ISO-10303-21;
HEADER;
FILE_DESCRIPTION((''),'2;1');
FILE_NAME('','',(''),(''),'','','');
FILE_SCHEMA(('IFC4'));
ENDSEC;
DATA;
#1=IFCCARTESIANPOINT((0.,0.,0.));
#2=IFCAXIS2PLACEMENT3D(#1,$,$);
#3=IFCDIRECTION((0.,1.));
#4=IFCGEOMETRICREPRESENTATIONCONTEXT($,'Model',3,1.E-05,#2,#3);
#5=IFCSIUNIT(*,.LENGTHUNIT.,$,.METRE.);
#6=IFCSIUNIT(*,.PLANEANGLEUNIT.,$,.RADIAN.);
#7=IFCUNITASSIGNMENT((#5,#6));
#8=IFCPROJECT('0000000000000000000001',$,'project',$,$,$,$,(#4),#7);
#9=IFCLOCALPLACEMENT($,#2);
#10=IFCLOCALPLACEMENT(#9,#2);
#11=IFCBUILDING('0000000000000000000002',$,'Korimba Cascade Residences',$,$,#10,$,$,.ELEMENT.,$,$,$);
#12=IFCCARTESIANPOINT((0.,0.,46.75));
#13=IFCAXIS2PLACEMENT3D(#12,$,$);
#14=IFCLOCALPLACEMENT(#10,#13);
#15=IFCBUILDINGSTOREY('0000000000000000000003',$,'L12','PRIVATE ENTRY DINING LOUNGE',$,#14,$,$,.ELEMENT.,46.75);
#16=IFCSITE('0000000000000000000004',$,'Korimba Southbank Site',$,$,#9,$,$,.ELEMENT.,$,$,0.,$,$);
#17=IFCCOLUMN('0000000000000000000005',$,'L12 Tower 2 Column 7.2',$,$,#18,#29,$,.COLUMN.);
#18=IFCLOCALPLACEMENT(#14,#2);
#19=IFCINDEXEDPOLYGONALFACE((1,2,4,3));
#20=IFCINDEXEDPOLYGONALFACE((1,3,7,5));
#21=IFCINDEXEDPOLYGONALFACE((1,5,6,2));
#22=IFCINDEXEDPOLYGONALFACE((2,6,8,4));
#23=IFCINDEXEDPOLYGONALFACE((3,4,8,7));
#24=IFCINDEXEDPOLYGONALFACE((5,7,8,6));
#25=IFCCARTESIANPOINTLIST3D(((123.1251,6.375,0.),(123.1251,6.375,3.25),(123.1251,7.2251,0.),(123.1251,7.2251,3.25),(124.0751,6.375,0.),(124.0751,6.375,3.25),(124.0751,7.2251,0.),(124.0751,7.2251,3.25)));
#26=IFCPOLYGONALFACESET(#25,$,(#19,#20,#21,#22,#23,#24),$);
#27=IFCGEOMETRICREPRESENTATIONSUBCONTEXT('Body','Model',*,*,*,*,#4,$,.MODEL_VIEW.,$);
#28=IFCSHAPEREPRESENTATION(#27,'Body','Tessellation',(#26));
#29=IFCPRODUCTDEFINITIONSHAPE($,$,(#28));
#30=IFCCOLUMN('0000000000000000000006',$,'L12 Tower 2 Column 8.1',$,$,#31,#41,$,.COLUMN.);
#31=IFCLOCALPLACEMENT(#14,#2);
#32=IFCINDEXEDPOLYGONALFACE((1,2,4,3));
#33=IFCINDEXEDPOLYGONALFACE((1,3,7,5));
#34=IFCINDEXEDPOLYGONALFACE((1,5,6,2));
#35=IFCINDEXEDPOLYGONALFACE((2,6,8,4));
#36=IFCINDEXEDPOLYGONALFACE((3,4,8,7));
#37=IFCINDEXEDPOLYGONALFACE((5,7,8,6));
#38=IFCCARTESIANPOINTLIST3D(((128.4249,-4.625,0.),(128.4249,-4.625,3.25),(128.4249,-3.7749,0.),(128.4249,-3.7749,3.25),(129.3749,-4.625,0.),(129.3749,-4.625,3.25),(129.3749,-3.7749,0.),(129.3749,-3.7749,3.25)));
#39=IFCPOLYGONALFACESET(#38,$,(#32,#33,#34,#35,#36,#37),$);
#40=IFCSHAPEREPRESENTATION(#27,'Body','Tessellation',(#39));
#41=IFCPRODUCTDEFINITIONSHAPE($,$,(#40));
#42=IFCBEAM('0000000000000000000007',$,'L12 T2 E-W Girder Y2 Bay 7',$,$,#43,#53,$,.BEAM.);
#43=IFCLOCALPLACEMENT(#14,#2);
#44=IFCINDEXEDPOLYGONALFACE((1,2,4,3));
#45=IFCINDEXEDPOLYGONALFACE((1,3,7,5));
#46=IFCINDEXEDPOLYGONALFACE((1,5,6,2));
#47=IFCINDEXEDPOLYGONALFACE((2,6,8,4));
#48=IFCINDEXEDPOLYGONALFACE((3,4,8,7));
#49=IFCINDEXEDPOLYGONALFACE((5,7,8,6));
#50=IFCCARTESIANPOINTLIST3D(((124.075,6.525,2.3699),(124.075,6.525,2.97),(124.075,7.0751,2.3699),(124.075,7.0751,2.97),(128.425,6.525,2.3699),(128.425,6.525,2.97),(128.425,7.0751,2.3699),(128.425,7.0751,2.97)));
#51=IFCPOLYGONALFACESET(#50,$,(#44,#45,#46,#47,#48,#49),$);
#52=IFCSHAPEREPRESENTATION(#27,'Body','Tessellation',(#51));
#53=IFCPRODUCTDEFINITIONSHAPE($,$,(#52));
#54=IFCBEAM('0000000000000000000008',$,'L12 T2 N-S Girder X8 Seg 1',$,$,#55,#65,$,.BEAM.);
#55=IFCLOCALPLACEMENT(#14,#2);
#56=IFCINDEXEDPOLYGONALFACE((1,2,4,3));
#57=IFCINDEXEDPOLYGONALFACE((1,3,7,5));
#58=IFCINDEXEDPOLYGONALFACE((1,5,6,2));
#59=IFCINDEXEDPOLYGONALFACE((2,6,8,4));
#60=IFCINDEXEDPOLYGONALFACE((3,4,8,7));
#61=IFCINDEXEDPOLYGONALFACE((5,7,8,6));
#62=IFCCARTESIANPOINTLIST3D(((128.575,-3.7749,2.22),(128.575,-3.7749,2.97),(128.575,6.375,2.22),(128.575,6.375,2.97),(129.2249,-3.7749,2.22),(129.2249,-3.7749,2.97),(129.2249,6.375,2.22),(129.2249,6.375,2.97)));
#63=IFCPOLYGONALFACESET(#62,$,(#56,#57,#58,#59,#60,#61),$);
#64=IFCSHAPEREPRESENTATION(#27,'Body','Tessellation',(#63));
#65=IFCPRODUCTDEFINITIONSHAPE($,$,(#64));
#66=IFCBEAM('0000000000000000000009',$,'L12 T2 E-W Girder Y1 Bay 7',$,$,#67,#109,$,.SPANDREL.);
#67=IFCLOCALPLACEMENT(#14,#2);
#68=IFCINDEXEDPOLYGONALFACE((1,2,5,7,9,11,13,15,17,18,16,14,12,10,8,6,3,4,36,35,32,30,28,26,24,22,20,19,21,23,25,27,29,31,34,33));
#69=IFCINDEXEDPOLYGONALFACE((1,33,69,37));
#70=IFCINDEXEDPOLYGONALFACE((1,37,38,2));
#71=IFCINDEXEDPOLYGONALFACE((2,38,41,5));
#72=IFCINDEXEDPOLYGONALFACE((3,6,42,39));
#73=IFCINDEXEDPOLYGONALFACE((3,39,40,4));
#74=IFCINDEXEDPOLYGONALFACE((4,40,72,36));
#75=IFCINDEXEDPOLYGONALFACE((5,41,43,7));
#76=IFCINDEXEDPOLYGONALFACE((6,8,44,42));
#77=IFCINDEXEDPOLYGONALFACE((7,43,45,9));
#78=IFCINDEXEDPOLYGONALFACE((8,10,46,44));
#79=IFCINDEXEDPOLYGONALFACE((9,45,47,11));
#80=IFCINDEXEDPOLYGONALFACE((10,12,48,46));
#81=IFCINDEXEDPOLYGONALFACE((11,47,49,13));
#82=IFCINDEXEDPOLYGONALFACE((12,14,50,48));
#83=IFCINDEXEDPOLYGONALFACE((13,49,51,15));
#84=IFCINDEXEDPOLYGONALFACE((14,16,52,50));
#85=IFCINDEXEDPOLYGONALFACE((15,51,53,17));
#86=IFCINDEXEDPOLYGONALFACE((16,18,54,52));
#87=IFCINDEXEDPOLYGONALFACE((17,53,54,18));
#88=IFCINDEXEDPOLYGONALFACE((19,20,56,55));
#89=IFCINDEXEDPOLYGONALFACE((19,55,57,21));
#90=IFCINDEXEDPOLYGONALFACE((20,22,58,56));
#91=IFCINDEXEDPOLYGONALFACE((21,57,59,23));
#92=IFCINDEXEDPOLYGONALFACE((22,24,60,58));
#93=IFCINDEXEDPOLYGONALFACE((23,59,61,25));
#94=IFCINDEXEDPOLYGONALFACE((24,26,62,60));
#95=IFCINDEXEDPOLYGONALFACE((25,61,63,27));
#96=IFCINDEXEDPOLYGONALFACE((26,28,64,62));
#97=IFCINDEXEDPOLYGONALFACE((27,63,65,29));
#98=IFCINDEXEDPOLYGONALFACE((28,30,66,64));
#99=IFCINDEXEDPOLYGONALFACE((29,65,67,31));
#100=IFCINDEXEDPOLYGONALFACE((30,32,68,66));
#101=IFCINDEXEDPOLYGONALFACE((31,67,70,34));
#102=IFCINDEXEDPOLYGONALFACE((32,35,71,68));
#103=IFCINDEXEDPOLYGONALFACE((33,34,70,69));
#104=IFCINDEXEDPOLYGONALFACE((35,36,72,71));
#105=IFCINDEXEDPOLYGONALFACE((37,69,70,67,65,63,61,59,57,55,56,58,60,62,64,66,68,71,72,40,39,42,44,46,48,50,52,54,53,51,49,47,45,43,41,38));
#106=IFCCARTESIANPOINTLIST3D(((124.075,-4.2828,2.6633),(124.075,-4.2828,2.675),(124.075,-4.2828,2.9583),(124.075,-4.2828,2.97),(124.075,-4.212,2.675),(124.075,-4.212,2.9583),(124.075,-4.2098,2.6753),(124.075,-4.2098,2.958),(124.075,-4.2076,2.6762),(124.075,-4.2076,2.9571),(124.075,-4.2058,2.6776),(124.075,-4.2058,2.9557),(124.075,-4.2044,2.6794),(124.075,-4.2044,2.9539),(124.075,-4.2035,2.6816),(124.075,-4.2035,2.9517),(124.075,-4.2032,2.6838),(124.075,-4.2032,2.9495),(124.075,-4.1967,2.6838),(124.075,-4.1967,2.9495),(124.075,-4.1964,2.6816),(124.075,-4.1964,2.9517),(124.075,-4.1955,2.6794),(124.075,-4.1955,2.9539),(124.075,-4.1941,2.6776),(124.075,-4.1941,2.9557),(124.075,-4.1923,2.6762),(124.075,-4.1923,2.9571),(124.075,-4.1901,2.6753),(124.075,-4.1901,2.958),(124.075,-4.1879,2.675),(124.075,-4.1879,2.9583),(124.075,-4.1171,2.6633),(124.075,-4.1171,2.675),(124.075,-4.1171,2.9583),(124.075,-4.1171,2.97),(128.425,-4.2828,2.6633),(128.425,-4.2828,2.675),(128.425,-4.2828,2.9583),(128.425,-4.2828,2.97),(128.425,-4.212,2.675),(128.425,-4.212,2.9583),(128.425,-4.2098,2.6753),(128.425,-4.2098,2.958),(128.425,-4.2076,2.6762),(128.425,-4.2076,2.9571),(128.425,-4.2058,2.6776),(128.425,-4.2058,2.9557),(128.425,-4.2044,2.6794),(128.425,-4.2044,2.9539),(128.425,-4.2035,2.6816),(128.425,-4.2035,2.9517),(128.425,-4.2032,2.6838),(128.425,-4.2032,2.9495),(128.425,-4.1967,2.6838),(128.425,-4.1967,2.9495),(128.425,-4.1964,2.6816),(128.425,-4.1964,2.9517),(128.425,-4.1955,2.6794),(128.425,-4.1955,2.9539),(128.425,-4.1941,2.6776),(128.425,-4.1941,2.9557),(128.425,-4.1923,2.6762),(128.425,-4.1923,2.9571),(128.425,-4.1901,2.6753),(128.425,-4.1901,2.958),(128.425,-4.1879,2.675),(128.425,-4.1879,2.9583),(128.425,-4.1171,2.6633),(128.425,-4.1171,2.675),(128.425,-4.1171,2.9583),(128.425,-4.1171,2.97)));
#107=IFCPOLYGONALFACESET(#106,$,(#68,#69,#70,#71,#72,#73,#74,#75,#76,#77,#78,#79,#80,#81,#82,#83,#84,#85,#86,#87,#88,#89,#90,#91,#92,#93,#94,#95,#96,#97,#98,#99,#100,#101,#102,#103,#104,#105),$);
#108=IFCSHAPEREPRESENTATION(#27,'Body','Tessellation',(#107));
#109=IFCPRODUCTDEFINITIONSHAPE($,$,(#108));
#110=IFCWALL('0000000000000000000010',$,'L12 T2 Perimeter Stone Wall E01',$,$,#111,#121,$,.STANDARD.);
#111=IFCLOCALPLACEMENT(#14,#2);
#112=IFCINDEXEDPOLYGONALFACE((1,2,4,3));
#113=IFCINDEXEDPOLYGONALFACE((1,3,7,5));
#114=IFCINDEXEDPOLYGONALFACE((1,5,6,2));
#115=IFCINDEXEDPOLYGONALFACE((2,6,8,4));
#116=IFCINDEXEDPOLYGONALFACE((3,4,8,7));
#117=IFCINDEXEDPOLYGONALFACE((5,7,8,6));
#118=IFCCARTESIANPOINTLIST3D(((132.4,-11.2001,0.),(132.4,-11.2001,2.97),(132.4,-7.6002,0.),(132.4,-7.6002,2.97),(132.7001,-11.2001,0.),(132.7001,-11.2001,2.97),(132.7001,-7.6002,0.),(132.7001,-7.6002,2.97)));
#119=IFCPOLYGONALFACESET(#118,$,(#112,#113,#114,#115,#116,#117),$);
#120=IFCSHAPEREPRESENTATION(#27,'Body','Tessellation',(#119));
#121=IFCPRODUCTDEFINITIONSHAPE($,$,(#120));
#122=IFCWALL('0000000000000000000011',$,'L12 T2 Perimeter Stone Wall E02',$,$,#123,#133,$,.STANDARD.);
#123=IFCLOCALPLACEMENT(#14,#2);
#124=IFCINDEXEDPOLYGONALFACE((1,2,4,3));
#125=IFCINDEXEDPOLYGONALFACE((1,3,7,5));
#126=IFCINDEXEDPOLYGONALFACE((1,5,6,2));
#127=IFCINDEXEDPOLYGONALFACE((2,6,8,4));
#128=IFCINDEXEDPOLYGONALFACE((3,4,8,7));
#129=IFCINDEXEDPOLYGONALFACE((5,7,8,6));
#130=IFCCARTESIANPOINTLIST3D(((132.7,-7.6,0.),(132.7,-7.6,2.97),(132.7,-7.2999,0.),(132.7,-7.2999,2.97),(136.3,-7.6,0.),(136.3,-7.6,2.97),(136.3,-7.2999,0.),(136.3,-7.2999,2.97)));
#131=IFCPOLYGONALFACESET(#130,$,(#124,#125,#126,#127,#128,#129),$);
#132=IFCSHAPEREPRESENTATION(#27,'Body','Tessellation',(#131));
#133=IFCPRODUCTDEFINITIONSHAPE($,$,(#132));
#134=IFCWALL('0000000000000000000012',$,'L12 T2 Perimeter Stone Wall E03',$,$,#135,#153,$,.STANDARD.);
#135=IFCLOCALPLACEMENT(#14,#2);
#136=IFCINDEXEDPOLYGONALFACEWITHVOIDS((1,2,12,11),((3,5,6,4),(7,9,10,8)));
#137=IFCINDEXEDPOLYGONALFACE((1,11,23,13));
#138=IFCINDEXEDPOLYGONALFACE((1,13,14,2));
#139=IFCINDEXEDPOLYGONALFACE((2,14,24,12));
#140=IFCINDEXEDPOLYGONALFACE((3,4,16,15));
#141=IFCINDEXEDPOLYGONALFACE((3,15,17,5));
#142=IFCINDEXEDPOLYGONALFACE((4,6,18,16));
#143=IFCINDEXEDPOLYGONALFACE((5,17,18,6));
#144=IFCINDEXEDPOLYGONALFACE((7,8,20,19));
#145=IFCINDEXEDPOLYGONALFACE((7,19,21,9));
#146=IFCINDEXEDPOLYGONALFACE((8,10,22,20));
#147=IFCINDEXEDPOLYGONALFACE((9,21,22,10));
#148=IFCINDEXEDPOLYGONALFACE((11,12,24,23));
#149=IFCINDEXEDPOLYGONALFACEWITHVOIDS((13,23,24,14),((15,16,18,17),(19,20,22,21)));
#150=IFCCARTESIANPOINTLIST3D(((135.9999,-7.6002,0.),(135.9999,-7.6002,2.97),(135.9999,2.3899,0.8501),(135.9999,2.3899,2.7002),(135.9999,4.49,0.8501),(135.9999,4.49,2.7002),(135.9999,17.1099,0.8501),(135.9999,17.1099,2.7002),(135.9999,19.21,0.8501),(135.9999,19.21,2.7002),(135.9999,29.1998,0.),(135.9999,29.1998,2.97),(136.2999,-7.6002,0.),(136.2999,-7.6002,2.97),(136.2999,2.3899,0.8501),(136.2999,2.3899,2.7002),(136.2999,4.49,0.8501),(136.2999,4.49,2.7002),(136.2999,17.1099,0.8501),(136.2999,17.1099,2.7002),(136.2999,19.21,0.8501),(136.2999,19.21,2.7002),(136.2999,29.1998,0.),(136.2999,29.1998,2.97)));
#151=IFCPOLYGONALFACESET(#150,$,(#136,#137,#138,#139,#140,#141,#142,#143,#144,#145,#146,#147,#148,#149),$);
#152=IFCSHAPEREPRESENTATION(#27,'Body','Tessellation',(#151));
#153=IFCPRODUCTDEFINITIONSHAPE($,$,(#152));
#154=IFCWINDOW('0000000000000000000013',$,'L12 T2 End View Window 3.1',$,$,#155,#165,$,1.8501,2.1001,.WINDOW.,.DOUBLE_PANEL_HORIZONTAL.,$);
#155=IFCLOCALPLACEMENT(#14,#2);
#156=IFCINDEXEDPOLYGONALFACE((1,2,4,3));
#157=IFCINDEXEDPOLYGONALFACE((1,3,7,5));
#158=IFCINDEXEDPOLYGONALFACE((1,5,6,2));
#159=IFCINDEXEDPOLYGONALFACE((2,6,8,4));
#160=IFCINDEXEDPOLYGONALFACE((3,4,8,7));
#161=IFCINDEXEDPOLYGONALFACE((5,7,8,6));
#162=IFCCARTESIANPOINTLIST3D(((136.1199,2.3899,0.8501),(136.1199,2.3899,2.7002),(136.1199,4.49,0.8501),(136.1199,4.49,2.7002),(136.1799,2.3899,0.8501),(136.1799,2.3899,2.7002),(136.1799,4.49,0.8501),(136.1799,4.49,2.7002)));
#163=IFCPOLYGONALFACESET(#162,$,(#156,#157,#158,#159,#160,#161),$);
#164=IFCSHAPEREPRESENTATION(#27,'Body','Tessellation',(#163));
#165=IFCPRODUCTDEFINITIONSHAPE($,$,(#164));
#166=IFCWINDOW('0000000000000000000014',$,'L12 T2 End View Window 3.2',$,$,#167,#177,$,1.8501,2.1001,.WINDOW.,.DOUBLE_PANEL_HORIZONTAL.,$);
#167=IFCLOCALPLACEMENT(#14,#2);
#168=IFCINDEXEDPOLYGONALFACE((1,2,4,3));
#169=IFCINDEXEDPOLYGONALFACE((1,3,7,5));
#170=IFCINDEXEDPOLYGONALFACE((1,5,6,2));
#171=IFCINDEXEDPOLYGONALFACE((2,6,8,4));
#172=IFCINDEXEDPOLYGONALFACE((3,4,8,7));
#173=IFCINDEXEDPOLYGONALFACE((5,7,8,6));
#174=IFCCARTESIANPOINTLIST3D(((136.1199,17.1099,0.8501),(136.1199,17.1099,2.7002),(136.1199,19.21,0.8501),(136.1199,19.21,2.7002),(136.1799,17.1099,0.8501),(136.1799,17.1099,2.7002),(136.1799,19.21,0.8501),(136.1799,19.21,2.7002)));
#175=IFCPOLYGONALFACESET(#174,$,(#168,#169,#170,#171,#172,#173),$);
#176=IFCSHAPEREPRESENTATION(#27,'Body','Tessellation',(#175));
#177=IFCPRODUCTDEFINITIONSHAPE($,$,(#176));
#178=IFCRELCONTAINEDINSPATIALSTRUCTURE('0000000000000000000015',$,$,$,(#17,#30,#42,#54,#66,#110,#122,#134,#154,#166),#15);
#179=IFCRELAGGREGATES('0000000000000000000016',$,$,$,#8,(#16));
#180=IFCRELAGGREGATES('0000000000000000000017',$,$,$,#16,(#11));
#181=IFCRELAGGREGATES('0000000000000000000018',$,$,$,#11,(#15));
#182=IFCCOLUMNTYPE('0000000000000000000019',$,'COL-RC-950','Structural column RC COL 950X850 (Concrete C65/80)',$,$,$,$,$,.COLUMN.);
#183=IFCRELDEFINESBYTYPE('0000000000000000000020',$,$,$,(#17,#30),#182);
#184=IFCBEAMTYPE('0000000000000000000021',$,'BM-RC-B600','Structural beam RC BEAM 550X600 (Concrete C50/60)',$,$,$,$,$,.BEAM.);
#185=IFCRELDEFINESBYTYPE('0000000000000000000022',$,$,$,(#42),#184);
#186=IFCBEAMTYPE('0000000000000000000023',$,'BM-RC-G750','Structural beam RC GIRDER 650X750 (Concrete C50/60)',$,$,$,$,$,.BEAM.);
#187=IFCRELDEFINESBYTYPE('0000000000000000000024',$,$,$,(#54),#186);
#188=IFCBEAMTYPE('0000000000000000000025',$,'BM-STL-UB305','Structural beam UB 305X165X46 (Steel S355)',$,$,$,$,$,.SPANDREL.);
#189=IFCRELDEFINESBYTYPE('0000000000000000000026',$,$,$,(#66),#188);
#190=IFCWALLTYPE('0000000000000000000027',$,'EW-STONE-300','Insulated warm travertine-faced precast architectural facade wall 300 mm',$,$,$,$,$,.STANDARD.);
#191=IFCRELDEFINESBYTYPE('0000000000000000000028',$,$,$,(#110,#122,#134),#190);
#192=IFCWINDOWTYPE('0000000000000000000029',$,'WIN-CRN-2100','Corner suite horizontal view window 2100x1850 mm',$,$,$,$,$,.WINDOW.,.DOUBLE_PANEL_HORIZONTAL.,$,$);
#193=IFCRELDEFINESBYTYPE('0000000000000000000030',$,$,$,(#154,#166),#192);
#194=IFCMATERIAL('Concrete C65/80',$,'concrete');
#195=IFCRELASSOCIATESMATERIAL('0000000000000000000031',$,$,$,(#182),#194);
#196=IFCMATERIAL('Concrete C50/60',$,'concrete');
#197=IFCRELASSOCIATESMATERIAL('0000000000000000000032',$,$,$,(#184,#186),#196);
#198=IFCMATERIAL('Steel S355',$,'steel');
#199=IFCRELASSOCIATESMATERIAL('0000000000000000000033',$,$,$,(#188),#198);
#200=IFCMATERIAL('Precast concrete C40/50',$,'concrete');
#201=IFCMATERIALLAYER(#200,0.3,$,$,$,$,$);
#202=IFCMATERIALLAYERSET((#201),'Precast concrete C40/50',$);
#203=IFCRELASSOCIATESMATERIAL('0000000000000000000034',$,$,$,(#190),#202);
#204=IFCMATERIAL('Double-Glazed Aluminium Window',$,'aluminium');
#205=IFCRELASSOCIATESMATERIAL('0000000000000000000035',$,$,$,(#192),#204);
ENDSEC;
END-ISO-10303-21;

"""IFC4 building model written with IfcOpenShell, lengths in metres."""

from ifc_helpers import new_model, si_unit, direction, frame, frame_2d, origin, origin_2d, place, context, subcontext, project, spatial, rectangle, i_section, extrude, material, layer, layer_set, material_profile, profile_set, type_object, element, fill, save


model = new_model("IFC4")

# Units and contexts
model_context = context("Model", 3, precision=1e-05, world=origin(), true_north=direction((0.0, 1.0)))
body_context = subcontext(model_context, "Body", "Model", "MODEL_VIEW")
ifc_project = project(units=[si_unit("LENGTHUNIT", "METRE"), si_unit("PLANEANGLEUNIT", "RADIAN")], contexts=[model_context])

# Site, building, storey
site_placement = place(None, origin())
site = spatial("IfcSite", under=ifc_project, at=site_placement, Name="Korimba Southbank Site", CompositionType="ELEMENT", RefElevation=0.0)
building_placement = place(site_placement, origin())
building = spatial("IfcBuilding", under=site, at=building_placement, Name="Korimba Cascade Residences", CompositionType="ELEMENT")
storey_placement = place(building_placement, frame((0.0, 0.0, 46.75)))
storey = spatial("IfcBuildingStorey", under=building, at=storey_placement, Name="L12", Description="PRIVATE ENTRY DINING LOUNGE", CompositionType="ELEMENT", Elevation=46.75)

# Columns
ifc_material_1 = material(Name="Concrete C65/80", Category="concrete")
ifc_material_profile_1 = material_profile(ifc_material_1, rectangle(XDim=0.95, YDim=0.8501, at=origin_2d()), Name="Concrete C65/80")
ifc_profile_set_1 = profile_set([ifc_material_profile_1], Name="Concrete C65/80")
column_type = type_object("IfcColumnType", Name="COL-RC-950", Description="Structural column RC COL 950X850 (Concrete C65/80)", PredefinedType="COLUMN", material=ifc_profile_set_1)
for number, where, z_axis, x_axis, name in (
    (1, (123.6001, 6.8, 0.0), (0.0, 0.0, 1.0), (1.0, 0.0, 0.0), "L12 Tower 2 Column 7.2"),
    (2, (128.8999, -4.2, 0.0), (0.0, 0.0, 1.0), (1.0, 0.0, 0.0), "L12 Tower 2 Column 8.1"),
):
    element("IfcColumn", number, at=place(storey_placement, frame(where, z_axis=z_axis, x_axis=x_axis)), inside=storey, type_object=column_type, Name=name, PredefinedType="COLUMN", context=body_context, shape_type="SweptSolid", body=[
        extrude(rectangle(XDim=0.95, YDim=0.8501, at=origin_2d()), origin(), (0.0, 0.0, 1.0), 3.25),
    ])

# Beams
ifc_material_2 = material(Name="Concrete C50/60", Category="concrete")
ifc_material_profile_2 = material_profile(ifc_material_2, rectangle(XDim=0.55, YDim=0.6001, at=origin_2d()), Name="Concrete C50/60")
ifc_profile_set_2 = profile_set([ifc_material_profile_2], Name="Concrete C50/60")
beam_type_1 = type_object("IfcBeamType", Name="BM-RC-B600", Description="Structural beam RC BEAM 550X600 (Concrete C50/60)", PredefinedType="BEAM", material=ifc_profile_set_2)
beam_1_placement = place(storey_placement, frame((124.075, 6.8, 2.6699), z_axis=(1.0, 0.0, 0.0), x_axis=(0.0, 1.0, 0.0)))
element("IfcBeam", 3, at=beam_1_placement, inside=storey, type_object=beam_type_1, Name="L12 T2 E-W Girder Y2 Bay 7", PredefinedType="BEAM", context=body_context, shape_type="SweptSolid", body=[
    extrude(rectangle(XDim=0.55, YDim=0.6001, at=origin_2d()), origin(), (0.0, 0.0, 1.0), 4.3501),
])
ifc_material_profile_3 = material_profile(ifc_material_2, rectangle(XDim=0.6499, YDim=0.75, at=origin_2d()), Name="Concrete C50/60")
ifc_profile_set_3 = profile_set([ifc_material_profile_3], Name="Concrete C50/60")
beam_type_2 = type_object("IfcBeamType", Name="BM-RC-G750", Description="Structural beam RC GIRDER 650X750 (Concrete C50/60)", PredefinedType="BEAM", material=ifc_profile_set_3)
beam_2_placement = place(storey_placement, frame((128.8999, -3.7749, 2.595), z_axis=(0.0, 1.0, 0.0), x_axis=(-1.0, 0.0, 0.0)))
element("IfcBeam", 4, at=beam_2_placement, inside=storey, type_object=beam_type_2, Name="L12 T2 N-S Girder X8 Seg 1", PredefinedType="BEAM", context=body_context, shape_type="SweptSolid", body=[
    extrude(rectangle(XDim=0.6499, YDim=0.75, at=origin_2d()), origin(), (0.0, 0.0, 1.0), 10.1499),
])
ifc_material_3 = material(Name="Steel S355", Category="steel")
ifc_material_profile_4 = material_profile(ifc_material_3, i_section(OverallWidth=0.1658, OverallDepth=0.3066, WebThickness=0.0066, FlangeThickness=0.0117, FilletRadius=0.0088, at=origin_2d()), Name="Steel S355")
ifc_profile_set_4 = profile_set([ifc_material_profile_4], Name="Steel S355")
beam_type_3 = type_object("IfcBeamType", Name="BM-STL-UB305", Description="Structural beam UB 305X165X46 (Steel S355)", PredefinedType="SPANDREL", material=ifc_profile_set_4)
beam_3_placement = place(storey_placement, frame((124.075, -4.2, 2.8167), z_axis=(1.0, 0.0, 0.0), x_axis=(0.0, 1.0, 0.0)))
element("IfcBeam", 5, at=beam_3_placement, inside=storey, type_object=beam_type_3, Name="L12 T2 E-W Girder Y1 Bay 7", PredefinedType="SPANDREL", context=body_context, shape_type="SweptSolid", body=[
    extrude(i_section(OverallWidth=0.1658, OverallDepth=0.3066, WebThickness=0.0066, FlangeThickness=0.0117, FilletRadius=0.0088, at=origin_2d()), origin(), (0.0, 0.0, 1.0), 4.3501),
])

# Walls
ifc_material_4 = material(Name="Precast concrete C40/50", Category="concrete")
ifc_layer_1 = layer(ifc_material_4, 0.3)
ifc_layer_set_1 = layer_set([ifc_layer_1], Name="Precast concrete C40/50")
wall_type_1 = type_object("IfcWallType", Name="EW-STONE-300", Description="Insulated warm travertine-faced precast architectural facade wall 300 mm", PredefinedType="STANDARD", material=ifc_layer_set_1)
wall_1_placement = place(storey_placement, frame((132.55, -11.2, 0.0), z_axis=(0.0, 0.0, 1.0), x_axis=(0.0, 1.0, 0.0)))
element("IfcWall", 6, at=wall_1_placement, inside=storey, type_object=wall_type_1, Name="L12 T2 Perimeter Stone Wall E01", PredefinedType="STANDARD", context=body_context, shape_type="SweptSolid", body=[
    extrude(rectangle(XDim=3.5999, YDim=0.3, at=frame_2d((1.7998, 0.0))), origin(), (0.0, 0.0, 1.0), 2.97),
])
wall_2_placement = place(storey_placement, frame((132.7, -7.45, 0.0), z_axis=(0.0, 0.0, 1.0), x_axis=(1.0, 0.0, 0.0)))
element("IfcWall", 7, at=wall_2_placement, inside=storey, type_object=wall_type_1, Name="L12 T2 Perimeter Stone Wall E02", PredefinedType="STANDARD", context=body_context, shape_type="SweptSolid", body=[
    extrude(rectangle(XDim=3.6001, YDim=0.3, at=frame_2d((1.8, 0.0))), origin(), (0.0, 0.0, 1.0), 2.97),
])

# Wall, openings, windows
wall_3_placement = place(storey_placement, frame((136.1499, -7.6001, 0.0), z_axis=(0.0, 0.0, 1.0), x_axis=(0.0, 1.0, 0.0)))
wall_3 = element("IfcWall", 8, at=wall_3_placement, inside=storey, type_object=wall_type_1, Name="L12 T2 Perimeter Stone Wall E03", PredefinedType="STANDARD", context=body_context, shape_type="SweptSolid", body=[
    extrude(rectangle(XDim=36.8, YDim=0.3, at=frame_2d((18.3999, 0.0))), origin(), (0.0, 0.0, 1.0), 2.97),
])
opening_1_placement = place(wall_3_placement, frame((9.99, 0.0, 0.8501)))
opening_1 = element("IfcOpeningElement", 9, at=opening_1_placement, cuts=wall_3, PredefinedType="OPENING", context=body_context, shape_type="SweptSolid", body=[
    extrude(rectangle(XDim=2.1001, YDim=1.8501, at=frame_2d((1.05, 0.925))), frame((0.0, 0.1602, 0.0), z_axis=(0.0, -1.0, 0.0), x_axis=(1.0, 0.0, 0.0)), (0.0, 0.0, 1.0), 0.3201),
])
opening_2_placement = place(wall_3_placement, frame((24.71, 0.0, 0.8501)))
opening_2 = element("IfcOpeningElement", 10, at=opening_2_placement, cuts=wall_3, PredefinedType="OPENING", context=body_context, shape_type="SweptSolid", body=[
    extrude(rectangle(XDim=2.1001, YDim=1.8501, at=frame_2d((1.05, 0.925))), frame((0.0, 0.1602, 0.0), z_axis=(0.0, -1.0, 0.0), x_axis=(1.0, 0.0, 0.0)), (0.0, 0.0, 1.0), 0.3201),
])
ifc_material_5 = material(Name="Double-Glazed Aluminium Window", Category="aluminium")
window_type = type_object("IfcWindowType", Name="WIN-CRN-2100", Description="Corner suite horizontal view window 2100x1850 mm", PartitioningType="DOUBLE_PANEL_HORIZONTAL", PredefinedType="WINDOW", material=ifc_material_5)
window_1_placement = place(opening_1_placement, origin())
window_1 = element("IfcWindow", 11, at=window_1_placement, inside=storey, type_object=window_type, Name="L12 T2 End View Window 3.1", OverallHeight=1.8501, OverallWidth=2.1001, PartitioningType="DOUBLE_PANEL_HORIZONTAL", PredefinedType="WINDOW", context=body_context, shape_type="SweptSolid", body=[
    extrude(rectangle(XDim=2.1001, YDim=1.8501, at=frame_2d((1.05, 0.925))), frame((0.0, 0.03, 0.0), z_axis=(0.0, -1.0, 0.0), x_axis=(1.0, 0.0, 0.0)), (0.0, 0.0, 1.0), 0.0601),
])
fill(opening_1, window_1)
window_2_placement = place(opening_2_placement, origin())
window_2 = element("IfcWindow", 12, at=window_2_placement, inside=storey, type_object=window_type, Name="L12 T2 End View Window 3.2", OverallHeight=1.8501, OverallWidth=2.1001, PartitioningType="DOUBLE_PANEL_HORIZONTAL", PredefinedType="WINDOW", context=body_context, shape_type="SweptSolid", body=[
    extrude(rectangle(XDim=2.1001, YDim=1.8501, at=frame_2d((1.05, 0.925))), frame((0.0, 0.03, 0.0), z_axis=(0.0, -1.0, 0.0), x_axis=(1.0, 0.0, 0.0)), (0.0, 0.0, 1.0), 0.0601),
])
fill(opening_2, window_2)

save(model, "model.ifc")
